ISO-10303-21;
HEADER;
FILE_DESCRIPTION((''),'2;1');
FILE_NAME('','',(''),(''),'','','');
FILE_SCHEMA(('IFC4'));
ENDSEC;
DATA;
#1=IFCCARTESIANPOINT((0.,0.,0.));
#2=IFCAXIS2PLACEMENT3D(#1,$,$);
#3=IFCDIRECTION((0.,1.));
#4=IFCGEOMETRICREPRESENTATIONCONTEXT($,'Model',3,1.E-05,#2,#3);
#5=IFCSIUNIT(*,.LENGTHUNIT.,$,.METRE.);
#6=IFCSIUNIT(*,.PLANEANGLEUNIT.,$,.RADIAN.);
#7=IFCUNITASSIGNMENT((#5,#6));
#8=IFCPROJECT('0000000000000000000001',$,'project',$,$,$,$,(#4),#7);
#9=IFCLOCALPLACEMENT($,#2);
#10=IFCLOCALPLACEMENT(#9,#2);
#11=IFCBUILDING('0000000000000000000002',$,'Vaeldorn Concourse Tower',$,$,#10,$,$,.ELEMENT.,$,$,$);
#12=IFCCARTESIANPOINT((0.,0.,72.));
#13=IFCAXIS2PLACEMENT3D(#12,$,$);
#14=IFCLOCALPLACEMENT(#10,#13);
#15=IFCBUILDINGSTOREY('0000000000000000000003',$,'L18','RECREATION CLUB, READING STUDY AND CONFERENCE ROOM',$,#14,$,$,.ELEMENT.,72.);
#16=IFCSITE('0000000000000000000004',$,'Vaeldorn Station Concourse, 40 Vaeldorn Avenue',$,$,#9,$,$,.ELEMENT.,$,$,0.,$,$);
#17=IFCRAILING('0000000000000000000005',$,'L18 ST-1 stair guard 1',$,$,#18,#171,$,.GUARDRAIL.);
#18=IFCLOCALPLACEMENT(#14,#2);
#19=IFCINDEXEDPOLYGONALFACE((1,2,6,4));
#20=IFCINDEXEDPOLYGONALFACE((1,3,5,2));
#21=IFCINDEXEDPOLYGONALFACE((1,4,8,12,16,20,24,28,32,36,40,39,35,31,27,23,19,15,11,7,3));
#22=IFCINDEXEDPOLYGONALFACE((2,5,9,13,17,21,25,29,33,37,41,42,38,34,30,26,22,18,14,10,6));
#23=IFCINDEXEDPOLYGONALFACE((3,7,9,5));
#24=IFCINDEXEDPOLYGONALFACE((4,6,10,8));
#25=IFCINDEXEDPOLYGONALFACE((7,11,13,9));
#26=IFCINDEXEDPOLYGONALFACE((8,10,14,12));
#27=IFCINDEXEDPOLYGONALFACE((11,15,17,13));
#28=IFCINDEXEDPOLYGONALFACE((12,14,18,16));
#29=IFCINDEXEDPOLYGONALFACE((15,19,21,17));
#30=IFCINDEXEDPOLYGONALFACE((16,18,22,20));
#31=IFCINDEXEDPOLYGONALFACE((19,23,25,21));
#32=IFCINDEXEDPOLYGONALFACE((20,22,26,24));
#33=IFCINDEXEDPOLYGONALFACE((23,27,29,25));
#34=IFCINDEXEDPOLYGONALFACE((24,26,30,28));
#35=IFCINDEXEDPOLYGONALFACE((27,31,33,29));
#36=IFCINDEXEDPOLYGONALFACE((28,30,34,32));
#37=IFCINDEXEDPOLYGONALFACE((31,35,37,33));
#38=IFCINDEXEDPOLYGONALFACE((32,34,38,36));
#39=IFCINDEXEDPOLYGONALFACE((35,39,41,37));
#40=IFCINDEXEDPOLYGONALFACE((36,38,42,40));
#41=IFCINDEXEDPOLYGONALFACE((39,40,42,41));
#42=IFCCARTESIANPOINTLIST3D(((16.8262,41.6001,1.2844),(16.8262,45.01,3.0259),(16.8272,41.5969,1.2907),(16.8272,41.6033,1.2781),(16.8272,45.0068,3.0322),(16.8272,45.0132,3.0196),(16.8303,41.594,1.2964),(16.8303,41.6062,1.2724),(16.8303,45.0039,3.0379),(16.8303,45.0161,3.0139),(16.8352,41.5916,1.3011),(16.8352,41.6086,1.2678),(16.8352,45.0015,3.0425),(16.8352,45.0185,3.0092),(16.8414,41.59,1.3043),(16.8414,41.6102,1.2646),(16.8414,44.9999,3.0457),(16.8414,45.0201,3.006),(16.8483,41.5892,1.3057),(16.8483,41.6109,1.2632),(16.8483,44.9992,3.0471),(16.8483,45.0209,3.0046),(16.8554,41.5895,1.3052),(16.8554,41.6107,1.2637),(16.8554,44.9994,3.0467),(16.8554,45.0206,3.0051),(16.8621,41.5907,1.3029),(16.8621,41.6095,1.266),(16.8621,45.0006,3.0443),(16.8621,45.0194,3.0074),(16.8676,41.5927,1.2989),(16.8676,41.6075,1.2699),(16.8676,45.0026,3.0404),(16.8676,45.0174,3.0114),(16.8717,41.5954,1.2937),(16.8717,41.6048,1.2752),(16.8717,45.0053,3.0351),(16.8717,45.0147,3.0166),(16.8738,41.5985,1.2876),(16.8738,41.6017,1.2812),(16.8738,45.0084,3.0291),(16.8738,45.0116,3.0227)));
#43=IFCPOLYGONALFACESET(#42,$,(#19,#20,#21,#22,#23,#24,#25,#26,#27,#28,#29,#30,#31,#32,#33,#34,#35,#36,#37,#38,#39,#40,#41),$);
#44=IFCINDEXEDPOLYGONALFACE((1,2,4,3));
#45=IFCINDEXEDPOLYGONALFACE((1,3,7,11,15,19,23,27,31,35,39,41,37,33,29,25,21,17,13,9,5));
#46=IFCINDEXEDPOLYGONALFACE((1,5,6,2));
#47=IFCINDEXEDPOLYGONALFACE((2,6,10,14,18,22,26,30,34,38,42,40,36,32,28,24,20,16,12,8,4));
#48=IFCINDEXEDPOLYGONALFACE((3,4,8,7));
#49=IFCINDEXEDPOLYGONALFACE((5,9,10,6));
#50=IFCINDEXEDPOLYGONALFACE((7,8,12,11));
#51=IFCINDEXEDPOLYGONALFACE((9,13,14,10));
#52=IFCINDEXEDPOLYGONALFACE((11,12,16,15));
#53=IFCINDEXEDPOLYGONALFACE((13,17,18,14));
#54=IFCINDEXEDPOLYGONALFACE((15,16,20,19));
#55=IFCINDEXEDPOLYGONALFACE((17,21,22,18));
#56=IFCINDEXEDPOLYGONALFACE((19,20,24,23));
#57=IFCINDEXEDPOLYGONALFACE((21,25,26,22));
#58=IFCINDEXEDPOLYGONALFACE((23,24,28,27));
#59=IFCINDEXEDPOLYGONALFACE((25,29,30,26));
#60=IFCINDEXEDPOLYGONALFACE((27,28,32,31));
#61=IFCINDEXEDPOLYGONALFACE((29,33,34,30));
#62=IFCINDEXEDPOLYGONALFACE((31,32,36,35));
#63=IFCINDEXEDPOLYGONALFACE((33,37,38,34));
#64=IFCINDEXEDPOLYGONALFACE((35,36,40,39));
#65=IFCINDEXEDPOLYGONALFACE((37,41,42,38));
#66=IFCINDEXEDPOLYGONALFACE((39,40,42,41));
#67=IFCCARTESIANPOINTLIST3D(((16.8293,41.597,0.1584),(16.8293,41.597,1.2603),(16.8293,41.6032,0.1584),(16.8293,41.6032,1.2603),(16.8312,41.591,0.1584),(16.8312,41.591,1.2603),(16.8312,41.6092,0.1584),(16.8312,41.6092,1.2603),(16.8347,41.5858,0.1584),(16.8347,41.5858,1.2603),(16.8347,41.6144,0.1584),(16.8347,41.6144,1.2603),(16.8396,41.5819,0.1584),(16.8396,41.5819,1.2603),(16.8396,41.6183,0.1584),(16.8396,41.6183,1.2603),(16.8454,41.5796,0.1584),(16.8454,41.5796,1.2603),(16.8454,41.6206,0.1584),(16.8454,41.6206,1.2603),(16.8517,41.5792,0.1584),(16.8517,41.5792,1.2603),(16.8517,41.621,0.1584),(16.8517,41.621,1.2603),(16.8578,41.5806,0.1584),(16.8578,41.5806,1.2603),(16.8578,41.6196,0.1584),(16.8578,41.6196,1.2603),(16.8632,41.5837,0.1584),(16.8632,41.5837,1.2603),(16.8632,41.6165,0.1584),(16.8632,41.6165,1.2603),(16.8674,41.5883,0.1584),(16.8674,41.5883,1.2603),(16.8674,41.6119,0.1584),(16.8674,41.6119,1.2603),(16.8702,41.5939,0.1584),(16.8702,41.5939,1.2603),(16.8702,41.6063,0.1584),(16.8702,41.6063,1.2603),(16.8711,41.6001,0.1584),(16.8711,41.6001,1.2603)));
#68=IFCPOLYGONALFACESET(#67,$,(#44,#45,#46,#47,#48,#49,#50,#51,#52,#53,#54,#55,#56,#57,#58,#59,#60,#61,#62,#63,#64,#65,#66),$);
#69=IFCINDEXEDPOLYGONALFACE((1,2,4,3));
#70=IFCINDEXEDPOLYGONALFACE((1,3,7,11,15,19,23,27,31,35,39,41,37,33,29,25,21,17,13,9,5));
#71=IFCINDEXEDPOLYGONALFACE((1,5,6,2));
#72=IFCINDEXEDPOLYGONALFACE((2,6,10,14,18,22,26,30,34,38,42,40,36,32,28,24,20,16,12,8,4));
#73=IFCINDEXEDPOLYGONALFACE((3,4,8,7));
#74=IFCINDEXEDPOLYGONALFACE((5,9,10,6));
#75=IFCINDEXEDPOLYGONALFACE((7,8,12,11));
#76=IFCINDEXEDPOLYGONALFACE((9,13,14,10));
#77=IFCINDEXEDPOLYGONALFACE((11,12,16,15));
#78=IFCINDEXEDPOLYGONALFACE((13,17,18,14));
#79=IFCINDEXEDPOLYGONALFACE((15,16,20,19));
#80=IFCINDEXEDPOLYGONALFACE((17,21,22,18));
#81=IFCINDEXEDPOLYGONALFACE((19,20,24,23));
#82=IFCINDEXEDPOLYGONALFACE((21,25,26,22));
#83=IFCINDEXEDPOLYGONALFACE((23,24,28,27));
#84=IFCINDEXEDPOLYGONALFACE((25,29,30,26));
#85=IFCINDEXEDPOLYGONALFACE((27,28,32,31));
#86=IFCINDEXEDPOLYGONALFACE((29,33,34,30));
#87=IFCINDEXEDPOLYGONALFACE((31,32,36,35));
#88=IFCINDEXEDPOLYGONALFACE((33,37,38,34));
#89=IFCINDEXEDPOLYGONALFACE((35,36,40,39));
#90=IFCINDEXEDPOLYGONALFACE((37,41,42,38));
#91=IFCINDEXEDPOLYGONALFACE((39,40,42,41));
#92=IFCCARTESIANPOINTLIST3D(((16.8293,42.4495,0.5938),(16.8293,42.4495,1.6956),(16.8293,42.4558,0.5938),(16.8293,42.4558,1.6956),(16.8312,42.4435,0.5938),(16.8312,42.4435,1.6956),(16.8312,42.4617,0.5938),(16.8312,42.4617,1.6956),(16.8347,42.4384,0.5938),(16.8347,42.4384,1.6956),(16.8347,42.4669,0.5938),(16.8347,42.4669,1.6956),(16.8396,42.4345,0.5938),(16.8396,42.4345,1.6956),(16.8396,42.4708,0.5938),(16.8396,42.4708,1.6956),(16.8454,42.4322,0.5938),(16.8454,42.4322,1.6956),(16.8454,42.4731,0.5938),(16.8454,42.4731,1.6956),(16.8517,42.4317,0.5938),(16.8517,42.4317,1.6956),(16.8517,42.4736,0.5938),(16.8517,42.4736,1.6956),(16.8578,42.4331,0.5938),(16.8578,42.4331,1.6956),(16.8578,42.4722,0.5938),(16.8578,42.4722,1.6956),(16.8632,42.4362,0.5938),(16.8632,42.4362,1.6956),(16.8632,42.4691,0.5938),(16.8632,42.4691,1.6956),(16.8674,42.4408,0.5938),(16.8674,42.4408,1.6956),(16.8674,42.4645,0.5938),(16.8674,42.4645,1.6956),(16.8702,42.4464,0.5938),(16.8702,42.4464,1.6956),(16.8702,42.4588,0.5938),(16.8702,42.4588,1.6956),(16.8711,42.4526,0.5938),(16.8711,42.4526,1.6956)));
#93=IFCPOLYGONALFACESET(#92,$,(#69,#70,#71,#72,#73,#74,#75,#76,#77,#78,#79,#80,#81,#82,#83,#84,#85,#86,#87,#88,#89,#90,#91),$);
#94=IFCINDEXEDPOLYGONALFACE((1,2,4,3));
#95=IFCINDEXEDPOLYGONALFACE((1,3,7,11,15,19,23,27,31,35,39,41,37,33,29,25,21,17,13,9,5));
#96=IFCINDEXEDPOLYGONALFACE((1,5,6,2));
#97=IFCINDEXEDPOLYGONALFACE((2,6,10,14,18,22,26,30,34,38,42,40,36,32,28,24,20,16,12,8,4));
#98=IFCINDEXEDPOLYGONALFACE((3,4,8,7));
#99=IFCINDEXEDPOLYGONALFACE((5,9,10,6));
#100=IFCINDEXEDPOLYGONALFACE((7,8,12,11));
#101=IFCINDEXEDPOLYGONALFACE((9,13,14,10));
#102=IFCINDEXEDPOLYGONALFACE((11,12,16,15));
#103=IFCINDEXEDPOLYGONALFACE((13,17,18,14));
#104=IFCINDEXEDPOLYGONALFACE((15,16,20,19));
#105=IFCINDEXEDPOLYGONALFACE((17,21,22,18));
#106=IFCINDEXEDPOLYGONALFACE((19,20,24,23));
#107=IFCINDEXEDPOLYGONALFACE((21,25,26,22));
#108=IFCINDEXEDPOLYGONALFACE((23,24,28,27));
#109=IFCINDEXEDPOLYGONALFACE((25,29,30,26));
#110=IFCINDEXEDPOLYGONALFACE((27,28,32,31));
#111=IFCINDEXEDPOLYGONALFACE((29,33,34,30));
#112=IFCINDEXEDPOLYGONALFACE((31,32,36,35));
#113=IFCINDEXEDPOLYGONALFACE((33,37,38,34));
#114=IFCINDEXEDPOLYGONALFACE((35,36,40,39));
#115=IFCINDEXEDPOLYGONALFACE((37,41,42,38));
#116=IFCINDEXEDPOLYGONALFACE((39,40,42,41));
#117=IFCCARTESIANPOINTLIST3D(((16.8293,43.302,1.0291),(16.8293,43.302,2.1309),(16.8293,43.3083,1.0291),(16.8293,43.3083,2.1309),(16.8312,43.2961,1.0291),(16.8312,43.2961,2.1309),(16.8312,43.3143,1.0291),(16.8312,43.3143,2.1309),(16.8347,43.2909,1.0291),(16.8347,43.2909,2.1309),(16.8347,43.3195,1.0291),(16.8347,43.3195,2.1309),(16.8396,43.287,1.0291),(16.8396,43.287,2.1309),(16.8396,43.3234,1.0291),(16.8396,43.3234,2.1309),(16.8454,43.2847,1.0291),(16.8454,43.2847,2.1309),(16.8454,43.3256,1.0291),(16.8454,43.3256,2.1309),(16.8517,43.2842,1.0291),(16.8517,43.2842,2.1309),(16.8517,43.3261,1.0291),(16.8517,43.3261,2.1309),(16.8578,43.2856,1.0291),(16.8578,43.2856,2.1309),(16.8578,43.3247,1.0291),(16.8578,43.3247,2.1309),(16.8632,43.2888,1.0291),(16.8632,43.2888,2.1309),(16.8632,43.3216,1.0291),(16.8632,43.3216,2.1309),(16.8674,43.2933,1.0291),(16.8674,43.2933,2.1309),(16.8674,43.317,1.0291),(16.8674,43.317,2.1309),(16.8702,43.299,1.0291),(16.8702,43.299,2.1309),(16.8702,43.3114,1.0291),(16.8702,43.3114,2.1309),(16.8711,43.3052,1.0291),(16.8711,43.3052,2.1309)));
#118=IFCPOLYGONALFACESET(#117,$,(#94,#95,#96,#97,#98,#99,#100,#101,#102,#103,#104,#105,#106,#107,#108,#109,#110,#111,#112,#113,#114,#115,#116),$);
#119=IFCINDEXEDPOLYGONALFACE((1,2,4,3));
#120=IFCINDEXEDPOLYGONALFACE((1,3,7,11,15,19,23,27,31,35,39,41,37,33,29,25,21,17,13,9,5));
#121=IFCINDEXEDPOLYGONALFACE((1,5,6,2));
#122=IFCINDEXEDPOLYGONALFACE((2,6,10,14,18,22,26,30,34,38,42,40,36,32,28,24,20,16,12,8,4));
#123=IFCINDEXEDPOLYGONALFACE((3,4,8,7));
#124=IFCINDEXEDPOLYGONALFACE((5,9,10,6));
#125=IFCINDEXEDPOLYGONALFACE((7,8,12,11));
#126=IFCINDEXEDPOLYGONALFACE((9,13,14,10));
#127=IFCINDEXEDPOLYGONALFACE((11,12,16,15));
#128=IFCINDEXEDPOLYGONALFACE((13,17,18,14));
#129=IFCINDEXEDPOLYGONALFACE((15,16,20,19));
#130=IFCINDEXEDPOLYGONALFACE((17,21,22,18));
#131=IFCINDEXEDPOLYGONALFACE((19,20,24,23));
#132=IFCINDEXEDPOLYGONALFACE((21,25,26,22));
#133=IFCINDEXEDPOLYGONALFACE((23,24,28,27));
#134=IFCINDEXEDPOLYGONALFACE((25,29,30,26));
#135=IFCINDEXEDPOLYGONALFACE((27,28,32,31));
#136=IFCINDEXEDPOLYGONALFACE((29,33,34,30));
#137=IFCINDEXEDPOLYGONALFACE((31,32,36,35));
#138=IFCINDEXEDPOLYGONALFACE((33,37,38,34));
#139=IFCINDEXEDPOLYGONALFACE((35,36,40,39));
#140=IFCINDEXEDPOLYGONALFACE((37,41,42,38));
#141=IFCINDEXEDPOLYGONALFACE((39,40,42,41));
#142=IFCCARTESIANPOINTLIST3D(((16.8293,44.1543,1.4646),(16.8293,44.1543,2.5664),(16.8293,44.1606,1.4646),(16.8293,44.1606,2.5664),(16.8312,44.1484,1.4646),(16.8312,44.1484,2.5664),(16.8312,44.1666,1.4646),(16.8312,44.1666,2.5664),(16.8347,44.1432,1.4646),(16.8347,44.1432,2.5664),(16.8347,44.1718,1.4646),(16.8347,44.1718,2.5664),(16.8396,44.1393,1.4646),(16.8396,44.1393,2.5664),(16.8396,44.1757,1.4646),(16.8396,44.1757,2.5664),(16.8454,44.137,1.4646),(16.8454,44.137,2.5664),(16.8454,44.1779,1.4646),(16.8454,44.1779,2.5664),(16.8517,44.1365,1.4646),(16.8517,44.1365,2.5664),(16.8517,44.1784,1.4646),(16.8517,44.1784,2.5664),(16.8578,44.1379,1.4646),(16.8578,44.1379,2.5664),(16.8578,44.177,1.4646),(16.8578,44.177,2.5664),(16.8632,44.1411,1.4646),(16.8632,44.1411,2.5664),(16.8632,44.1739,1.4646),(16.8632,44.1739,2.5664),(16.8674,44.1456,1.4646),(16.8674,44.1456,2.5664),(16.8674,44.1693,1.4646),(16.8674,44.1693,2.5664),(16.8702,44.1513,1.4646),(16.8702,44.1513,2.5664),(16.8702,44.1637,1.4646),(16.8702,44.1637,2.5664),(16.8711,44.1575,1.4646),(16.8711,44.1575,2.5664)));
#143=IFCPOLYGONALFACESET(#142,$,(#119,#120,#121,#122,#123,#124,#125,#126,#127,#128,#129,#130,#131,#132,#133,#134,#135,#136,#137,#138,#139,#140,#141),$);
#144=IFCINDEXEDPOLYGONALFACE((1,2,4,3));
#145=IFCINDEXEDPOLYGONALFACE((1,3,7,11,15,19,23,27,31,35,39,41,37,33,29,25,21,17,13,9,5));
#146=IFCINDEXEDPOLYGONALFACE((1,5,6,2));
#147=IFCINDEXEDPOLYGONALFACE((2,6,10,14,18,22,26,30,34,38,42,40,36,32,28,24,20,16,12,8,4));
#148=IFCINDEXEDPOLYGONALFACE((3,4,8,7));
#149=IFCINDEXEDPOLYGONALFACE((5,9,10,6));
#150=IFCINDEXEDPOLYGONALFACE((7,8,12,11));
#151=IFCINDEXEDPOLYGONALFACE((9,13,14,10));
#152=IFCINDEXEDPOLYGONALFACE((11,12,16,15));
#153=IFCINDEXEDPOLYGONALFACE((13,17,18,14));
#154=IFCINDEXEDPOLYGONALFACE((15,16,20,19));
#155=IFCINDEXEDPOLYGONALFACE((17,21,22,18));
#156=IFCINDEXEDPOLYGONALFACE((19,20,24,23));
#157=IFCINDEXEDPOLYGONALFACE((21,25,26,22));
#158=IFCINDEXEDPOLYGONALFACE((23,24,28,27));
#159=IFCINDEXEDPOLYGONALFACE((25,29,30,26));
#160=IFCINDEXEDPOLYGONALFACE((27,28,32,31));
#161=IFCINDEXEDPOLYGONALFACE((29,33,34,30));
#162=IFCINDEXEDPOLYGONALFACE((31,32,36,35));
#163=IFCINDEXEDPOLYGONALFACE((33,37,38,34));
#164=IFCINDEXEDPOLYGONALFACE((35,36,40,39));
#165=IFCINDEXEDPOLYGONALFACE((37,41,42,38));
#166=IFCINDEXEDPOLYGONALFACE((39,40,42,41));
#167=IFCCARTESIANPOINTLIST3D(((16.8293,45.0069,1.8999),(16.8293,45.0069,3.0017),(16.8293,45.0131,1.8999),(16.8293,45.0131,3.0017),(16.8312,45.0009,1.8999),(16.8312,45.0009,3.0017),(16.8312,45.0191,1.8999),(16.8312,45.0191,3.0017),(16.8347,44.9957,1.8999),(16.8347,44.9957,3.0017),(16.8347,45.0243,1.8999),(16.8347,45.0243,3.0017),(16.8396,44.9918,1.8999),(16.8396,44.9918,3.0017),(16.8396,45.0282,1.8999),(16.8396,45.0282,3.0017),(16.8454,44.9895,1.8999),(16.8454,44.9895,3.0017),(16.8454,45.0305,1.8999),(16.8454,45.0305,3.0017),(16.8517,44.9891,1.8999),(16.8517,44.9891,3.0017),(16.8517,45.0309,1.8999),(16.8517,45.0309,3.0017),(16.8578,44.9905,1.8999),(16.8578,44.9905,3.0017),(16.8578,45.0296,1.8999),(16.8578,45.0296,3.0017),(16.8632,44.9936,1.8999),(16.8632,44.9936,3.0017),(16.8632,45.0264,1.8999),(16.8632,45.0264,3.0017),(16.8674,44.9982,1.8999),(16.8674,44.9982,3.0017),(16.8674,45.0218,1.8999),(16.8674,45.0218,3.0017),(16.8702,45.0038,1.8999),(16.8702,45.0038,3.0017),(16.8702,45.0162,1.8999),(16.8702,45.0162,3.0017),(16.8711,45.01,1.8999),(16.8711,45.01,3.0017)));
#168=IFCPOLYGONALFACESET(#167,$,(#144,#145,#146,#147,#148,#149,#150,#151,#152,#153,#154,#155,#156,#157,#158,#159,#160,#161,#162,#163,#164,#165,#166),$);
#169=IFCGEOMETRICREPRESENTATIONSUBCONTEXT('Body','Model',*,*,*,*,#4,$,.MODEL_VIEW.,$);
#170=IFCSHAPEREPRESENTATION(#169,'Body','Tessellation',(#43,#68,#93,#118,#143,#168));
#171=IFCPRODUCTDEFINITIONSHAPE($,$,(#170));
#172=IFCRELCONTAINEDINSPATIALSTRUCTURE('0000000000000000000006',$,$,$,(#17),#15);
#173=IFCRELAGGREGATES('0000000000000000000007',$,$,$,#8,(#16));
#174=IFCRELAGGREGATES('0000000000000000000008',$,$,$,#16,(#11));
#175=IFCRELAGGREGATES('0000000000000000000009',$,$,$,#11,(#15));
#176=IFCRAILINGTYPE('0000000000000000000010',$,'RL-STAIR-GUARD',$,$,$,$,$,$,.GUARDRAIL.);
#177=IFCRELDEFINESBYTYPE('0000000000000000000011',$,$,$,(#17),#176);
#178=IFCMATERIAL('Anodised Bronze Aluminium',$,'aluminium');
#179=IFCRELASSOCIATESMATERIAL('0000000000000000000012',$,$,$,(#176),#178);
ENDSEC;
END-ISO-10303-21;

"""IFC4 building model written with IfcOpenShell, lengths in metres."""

from ifc_helpers import new_model, si_unit, direction, frame, origin, origin_2d, place, context, subcontext, project, spatial, circle, extrude, material, type_object, element, save


model = new_model("IFC4")

# Units and contexts
model_context = context("Model", 3, precision=1e-05, world=origin(), true_north=direction((0.0, 1.0)))
body_context = subcontext(model_context, "Body", "Model", "MODEL_VIEW")
ifc_project = project(units=[si_unit("LENGTHUNIT", "METRE"), si_unit("PLANEANGLEUNIT", "RADIAN")], contexts=[model_context])

# Site, building, storey
site_placement = place(None, origin())
site = spatial("IfcSite", under=ifc_project, at=site_placement, Name="Vaeldorn Station Concourse, 40 Vaeldorn Avenue", CompositionType="ELEMENT", RefElevation=0.0)
building_placement = place(site_placement, origin())
building = spatial("IfcBuilding", under=site, at=building_placement, Name="Vaeldorn Concourse Tower", CompositionType="ELEMENT")
storey_placement = place(building_placement, frame((0.0, 0.0, 72.0)))
storey = spatial("IfcBuildingStorey", under=building, at=storey_placement, Name="L18", Description="RECREATION CLUB, READING STUDY AND CONFERENCE ROOM", CompositionType="ELEMENT", Elevation=72.0)

# Shared definitions
ifc_material_1 = material(Name="Anodised Bronze Aluminium", Category="aluminium")

# Railing
railing_type_1 = type_object("IfcRailingType", Name="RL-STAIR-GUARD", PredefinedType="GUARDRAIL", material=ifc_material_1)
railing_1_placement = place(storey_placement, frame((16.8501, 41.6001, 0.1584)))
element("IfcRailing", 1, at=railing_1_placement, inside=storey, type_object=railing_type_1, Name="L18 ST-1 stair guard 1", PredefinedType="GUARDRAIL", context=body_context, shape_type="SweptSolid", body=[
    extrude(circle(Radius=0.0239, at=origin_2d()), frame((0.0, 0.0, 1.126), z_axis=(0.0, 0.890582, 0.454823), x_axis=(-1.0, 0.0, 0.0)), (0.0, 0.0, 1.0), 3.8289),
    extrude(circle(Radius=0.021, at=origin_2d()), origin(), (0.0, 0.0, 1.0), 1.1018),
    extrude(circle(Radius=0.021, at=origin_2d()), frame((0.0, 0.8525, 0.4353)), (0.0, 0.0, 1.0), 1.1018),
    extrude(circle(Radius=0.021, at=origin_2d()), frame((0.0, 1.7051, 0.8706)), (0.0, 0.0, 1.0), 1.1018),
    extrude(circle(Radius=0.021, at=origin_2d()), frame((0.0, 2.5574, 1.3062)), (0.0, 0.0, 1.0), 1.1018),
    extrude(circle(Radius=0.021, at=origin_2d()), frame((0.0, 3.4099, 1.7415)), (0.0, 0.0, 1.0), 1.1018),
])

save(model, "model.ifc")
